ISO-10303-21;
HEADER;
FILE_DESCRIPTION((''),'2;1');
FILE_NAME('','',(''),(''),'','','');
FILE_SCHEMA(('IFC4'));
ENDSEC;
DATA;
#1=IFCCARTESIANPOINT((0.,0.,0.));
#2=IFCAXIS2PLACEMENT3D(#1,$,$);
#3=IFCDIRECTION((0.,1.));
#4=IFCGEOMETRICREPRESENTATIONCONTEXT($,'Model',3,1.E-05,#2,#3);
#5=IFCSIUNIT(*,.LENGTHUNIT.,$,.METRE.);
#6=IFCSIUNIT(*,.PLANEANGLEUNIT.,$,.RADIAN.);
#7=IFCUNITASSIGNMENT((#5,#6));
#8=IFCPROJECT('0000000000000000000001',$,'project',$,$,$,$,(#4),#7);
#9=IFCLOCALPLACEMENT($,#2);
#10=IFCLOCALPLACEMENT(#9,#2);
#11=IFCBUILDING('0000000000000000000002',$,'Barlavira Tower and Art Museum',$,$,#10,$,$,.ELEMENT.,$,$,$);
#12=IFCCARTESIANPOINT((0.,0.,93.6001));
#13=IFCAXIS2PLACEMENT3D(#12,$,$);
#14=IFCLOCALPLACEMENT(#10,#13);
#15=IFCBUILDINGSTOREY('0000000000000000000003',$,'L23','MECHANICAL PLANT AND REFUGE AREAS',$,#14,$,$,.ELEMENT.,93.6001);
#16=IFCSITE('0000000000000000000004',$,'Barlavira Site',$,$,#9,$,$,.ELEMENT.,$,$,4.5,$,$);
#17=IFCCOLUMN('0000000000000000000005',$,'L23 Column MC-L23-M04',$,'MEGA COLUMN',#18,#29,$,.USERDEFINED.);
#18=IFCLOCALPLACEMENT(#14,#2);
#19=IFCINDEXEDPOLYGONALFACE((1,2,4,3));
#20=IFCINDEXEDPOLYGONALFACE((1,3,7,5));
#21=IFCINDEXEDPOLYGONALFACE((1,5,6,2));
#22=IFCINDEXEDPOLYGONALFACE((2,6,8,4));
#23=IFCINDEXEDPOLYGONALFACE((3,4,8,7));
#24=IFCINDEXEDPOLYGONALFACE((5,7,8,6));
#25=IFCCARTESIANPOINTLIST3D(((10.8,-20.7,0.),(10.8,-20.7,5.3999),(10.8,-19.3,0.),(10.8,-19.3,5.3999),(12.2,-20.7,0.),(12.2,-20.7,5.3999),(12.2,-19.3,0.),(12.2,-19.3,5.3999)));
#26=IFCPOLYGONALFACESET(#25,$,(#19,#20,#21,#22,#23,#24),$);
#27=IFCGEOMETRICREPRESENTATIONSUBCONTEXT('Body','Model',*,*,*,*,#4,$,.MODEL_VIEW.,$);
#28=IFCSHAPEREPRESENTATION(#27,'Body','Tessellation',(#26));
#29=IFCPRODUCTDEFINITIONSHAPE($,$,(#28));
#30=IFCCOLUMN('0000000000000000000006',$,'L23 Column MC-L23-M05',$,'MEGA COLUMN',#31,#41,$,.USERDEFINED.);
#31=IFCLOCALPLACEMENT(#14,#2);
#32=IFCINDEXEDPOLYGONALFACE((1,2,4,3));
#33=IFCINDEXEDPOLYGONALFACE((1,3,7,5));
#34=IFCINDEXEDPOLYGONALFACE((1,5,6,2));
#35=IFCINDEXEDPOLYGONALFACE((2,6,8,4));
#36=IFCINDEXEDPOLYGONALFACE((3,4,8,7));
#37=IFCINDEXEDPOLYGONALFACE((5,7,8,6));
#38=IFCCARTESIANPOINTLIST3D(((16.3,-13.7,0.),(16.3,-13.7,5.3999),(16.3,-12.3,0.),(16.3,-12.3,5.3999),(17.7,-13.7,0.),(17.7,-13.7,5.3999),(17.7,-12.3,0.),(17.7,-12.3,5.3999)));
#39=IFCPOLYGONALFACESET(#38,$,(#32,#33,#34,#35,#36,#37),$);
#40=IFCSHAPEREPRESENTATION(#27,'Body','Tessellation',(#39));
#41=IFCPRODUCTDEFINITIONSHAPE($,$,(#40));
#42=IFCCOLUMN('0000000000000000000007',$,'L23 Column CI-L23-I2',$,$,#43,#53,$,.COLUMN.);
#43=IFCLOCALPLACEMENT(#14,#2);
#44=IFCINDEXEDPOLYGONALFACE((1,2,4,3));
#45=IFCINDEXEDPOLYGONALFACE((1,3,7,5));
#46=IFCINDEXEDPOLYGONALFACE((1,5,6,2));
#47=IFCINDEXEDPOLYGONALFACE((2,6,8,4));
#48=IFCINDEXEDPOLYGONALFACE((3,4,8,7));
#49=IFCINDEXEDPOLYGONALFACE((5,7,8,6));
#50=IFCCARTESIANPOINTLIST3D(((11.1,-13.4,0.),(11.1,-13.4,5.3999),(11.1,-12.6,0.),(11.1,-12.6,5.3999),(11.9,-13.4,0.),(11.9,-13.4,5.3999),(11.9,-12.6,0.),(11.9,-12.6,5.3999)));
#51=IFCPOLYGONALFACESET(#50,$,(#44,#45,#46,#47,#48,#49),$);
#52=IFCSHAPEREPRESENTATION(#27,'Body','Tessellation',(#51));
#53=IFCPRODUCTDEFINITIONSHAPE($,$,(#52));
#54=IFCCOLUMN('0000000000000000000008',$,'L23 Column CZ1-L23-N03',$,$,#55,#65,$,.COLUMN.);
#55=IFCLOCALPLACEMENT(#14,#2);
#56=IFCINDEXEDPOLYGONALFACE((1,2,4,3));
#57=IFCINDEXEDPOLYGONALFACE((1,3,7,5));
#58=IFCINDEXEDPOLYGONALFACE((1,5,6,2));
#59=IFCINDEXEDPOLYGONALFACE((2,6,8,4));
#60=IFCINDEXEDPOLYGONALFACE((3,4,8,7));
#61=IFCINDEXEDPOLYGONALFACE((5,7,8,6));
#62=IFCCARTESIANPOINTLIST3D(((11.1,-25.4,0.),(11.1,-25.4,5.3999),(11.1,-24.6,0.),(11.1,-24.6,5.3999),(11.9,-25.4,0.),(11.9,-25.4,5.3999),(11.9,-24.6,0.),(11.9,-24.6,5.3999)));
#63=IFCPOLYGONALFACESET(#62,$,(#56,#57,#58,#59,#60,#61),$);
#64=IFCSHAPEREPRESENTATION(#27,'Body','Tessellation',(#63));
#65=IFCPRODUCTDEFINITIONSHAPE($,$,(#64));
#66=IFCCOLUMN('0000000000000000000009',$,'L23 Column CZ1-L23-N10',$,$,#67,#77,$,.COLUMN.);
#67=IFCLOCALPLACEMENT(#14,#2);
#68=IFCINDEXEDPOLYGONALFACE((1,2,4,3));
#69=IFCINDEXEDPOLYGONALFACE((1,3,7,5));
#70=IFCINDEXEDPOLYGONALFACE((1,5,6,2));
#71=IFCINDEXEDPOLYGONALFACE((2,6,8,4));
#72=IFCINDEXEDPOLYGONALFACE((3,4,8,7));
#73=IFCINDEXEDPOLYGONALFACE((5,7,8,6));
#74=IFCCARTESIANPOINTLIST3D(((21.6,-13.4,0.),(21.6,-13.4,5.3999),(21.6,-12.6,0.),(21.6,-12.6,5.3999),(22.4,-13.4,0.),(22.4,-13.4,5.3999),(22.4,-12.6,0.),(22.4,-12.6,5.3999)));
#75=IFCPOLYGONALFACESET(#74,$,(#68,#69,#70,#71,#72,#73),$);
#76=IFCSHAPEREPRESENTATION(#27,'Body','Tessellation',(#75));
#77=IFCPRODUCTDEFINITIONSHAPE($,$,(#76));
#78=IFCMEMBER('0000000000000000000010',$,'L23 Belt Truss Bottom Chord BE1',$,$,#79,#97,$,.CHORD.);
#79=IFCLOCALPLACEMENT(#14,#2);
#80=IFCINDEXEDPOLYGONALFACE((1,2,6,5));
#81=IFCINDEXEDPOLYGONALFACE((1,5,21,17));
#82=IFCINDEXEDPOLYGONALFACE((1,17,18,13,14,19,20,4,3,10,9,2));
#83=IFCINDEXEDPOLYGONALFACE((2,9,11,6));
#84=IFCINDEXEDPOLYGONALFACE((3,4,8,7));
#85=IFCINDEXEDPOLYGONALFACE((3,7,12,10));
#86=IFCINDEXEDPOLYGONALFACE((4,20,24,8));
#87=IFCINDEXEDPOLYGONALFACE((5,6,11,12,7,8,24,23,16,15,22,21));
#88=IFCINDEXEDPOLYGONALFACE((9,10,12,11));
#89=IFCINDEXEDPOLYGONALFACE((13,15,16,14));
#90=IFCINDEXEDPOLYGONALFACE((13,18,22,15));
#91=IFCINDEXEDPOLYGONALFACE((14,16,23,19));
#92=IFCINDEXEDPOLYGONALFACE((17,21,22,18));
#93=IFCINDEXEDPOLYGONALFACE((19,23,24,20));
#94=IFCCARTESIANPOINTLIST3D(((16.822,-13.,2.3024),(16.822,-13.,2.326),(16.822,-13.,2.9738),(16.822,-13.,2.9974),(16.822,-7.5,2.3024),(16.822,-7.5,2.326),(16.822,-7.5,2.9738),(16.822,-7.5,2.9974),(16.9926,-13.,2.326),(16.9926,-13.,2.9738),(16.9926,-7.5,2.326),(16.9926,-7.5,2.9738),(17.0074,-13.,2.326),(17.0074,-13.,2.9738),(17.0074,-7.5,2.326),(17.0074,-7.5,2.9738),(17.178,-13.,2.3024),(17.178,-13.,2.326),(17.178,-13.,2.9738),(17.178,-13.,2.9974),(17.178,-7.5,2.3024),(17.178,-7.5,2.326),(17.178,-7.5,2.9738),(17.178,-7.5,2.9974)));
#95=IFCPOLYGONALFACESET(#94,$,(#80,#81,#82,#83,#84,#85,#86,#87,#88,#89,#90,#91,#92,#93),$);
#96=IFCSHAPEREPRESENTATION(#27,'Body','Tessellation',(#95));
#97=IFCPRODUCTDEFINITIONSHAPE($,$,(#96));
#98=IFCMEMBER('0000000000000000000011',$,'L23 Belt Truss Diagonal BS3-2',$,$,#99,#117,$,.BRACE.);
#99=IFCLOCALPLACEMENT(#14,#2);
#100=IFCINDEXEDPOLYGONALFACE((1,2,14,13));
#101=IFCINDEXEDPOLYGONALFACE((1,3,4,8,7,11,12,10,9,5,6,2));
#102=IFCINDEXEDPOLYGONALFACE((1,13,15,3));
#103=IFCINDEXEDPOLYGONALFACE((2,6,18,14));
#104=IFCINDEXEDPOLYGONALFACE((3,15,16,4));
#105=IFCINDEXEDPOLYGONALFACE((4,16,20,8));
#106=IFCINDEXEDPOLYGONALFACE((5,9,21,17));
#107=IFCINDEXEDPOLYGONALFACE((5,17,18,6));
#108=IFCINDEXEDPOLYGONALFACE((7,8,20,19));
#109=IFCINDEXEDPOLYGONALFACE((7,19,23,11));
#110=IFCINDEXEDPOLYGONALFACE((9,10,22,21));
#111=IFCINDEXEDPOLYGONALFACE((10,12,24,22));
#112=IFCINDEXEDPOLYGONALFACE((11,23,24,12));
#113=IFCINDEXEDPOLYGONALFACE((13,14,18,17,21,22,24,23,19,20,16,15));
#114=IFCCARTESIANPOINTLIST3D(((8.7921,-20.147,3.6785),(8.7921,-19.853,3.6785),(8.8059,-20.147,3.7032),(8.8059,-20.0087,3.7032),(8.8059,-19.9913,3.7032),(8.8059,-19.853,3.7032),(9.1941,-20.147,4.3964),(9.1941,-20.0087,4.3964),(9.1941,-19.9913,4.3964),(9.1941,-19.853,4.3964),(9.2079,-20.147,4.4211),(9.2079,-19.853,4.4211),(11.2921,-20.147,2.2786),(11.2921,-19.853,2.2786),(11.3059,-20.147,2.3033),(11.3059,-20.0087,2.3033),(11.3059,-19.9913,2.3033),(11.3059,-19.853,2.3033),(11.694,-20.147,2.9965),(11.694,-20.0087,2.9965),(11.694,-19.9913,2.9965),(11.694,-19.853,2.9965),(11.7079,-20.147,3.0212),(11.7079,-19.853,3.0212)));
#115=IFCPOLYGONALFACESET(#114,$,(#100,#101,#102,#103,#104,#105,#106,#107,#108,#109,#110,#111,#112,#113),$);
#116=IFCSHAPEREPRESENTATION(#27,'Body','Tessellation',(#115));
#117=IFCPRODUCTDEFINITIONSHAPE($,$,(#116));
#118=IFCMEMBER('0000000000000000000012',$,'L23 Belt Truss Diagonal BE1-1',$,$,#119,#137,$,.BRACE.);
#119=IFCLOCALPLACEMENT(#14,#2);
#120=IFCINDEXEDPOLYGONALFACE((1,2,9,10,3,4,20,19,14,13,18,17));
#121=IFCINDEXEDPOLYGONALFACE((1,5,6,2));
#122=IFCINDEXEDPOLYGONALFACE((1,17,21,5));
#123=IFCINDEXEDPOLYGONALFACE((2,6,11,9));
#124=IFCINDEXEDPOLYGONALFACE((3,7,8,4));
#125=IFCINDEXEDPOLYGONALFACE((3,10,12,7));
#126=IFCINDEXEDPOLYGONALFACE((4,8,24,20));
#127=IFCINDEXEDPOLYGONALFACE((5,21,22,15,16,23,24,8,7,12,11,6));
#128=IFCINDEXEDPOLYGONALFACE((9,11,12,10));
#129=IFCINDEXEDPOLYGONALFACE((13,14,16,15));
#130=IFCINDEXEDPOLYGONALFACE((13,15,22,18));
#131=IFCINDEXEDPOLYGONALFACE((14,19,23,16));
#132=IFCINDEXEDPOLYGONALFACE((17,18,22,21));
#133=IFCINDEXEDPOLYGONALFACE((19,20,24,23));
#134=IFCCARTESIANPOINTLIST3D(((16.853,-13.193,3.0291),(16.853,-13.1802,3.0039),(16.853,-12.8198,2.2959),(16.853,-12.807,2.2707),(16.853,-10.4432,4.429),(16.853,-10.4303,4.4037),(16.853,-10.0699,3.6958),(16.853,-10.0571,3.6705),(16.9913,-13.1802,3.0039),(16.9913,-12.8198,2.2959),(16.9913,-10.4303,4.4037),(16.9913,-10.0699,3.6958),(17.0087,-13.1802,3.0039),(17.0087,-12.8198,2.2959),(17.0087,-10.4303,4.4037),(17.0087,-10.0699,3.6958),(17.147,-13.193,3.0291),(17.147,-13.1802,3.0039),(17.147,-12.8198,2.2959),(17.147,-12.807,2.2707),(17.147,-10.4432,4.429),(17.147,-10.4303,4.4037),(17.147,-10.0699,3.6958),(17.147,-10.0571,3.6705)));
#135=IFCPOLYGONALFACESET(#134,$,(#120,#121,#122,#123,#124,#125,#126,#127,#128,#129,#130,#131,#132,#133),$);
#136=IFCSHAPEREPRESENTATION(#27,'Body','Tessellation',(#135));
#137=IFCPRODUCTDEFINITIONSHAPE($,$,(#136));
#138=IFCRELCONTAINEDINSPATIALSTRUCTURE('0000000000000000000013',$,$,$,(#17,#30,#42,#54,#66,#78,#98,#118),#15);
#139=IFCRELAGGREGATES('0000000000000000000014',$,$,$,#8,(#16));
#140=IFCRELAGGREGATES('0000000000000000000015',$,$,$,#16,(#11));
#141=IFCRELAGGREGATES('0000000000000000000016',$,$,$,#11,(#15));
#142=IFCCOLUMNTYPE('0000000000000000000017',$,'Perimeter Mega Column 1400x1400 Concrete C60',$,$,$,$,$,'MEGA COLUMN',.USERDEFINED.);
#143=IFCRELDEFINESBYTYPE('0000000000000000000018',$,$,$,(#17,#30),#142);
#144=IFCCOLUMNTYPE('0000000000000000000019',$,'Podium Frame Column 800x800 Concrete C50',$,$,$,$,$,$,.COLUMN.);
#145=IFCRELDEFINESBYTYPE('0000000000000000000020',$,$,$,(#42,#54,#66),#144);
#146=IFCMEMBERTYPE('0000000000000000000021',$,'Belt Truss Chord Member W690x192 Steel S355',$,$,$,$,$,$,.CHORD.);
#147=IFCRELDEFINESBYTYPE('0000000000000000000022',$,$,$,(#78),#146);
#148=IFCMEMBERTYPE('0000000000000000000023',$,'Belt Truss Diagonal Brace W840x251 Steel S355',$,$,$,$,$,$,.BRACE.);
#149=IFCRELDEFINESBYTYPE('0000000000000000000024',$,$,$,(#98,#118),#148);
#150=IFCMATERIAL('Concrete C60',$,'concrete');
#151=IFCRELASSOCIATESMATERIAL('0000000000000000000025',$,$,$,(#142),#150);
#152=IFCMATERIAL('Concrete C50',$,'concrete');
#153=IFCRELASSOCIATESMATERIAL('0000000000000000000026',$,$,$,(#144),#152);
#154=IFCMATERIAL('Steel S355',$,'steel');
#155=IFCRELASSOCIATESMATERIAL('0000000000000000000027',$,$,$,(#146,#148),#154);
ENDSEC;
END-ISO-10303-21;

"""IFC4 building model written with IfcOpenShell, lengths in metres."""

from ifc_helpers import new_model, si_unit, direction, frame, origin, origin_2d, place, context, subcontext, project, spatial, rectangle, i_section, extrude, material, material_profile, profile_set, type_object, element, save


model = new_model("IFC4")

# Units and contexts
model_context = context("Model", 3, precision=1e-05, world=origin(), true_north=direction((0.0, 1.0)))
body_context = subcontext(model_context, "Body", "Model", "MODEL_VIEW")
ifc_project = project(units=[si_unit("LENGTHUNIT", "METRE"), si_unit("PLANEANGLEUNIT", "RADIAN")], contexts=[model_context])

# Site, building, storey
site_placement = place(None, origin())
site = spatial("IfcSite", under=ifc_project, at=site_placement, Name="Barlavira Site", CompositionType="ELEMENT", RefElevation=4.5)
building_placement = place(site_placement, origin())
building = spatial("IfcBuilding", under=site, at=building_placement, Name="Barlavira Tower and Art Museum", CompositionType="ELEMENT")
storey_placement = place(building_placement, frame((0.0, 0.0, 93.6001)))
storey = spatial("IfcBuildingStorey", under=building, at=storey_placement, Name="L23", Description="MECHANICAL PLANT AND REFUGE AREAS", CompositionType="ELEMENT", Elevation=93.6001)

# Columns
ifc_material_1 = material(Name="Concrete C60", Category="concrete")
ifc_material_profile_1 = material_profile(ifc_material_1, rectangle(XDim=1.3999, YDim=1.3999, at=origin_2d()), Name="RC-MCOL 1400x1400")
ifc_profile_set_1 = profile_set([ifc_material_profile_1], Name="Concrete C60")
column_type_1 = type_object("IfcColumnType", Name="Perimeter Mega Column 1400x1400 Concrete C60", ElementType="MEGA COLUMN", PredefinedType="USERDEFINED", material=ifc_profile_set_1)
for number, where, z_axis, x_axis, name in (
    (1, (11.5, -20.0, 0.0), (0.0, 0.0, 1.0), (1.0, 0.0, 0.0), "L23 Column MC-L23-M04"),
    (2, (17.0, -13.0, 0.0), (0.0, 0.0, 1.0), (1.0, 0.0, 0.0), "L23 Column MC-L23-M05"),
):
    element("IfcColumn", number, at=place(storey_placement, frame(where, z_axis=z_axis, x_axis=x_axis)), inside=storey, type_object=column_type_1, Name=name, ObjectType="MEGA COLUMN", PredefinedType="USERDEFINED", context=body_context, shape_type="SweptSolid", body=[
        extrude(rectangle(XDim=1.3999, YDim=1.3999, at=origin_2d()), origin(), (0.0, 0.0, 1.0), 5.3999),
    ])
ifc_material_2 = material(Name="Concrete C50", Category="concrete")
ifc_material_profile_2 = material_profile(ifc_material_2, rectangle(XDim=0.8, YDim=0.8, at=origin_2d()), Name="RC-COL 800x800")
ifc_profile_set_2 = profile_set([ifc_material_profile_2], Name="Concrete C50")
column_type_2 = type_object("IfcColumnType", Name="Podium Frame Column 800x800 Concrete C50", PredefinedType="COLUMN", material=ifc_profile_set_2)
for number, where, z_axis, x_axis, name in (
    (3, (11.5, -13.0, 0.0), (0.0, 0.0, 1.0), (1.0, 0.0, 0.0), "L23 Column CI-L23-I2"),
    (4, (11.5, -25.0, 0.0), (0.0, 0.0, 1.0), (1.0, 0.0, 0.0), "L23 Column CZ1-L23-N03"),
    (5, (22.0, -13.0, 0.0), (0.0, 0.0, 1.0), (1.0, 0.0, 0.0), "L23 Column CZ1-L23-N10"),
):
    element("IfcColumn", number, at=place(storey_placement, frame(where, z_axis=z_axis, x_axis=x_axis)), inside=storey, type_object=column_type_2, Name=name, PredefinedType="COLUMN", context=body_context, shape_type="SweptSolid", body=[
        extrude(rectangle(XDim=0.8, YDim=0.8, at=origin_2d()), origin(), (0.0, 0.0, 1.0), 5.3999),
    ])

# Members
ifc_material_3 = material(Name="Steel S355", Category="steel")
ifc_material_profile_3 = material_profile(ifc_material_3, i_section(OverallWidth=0.356, OverallDepth=0.6951, WebThickness=0.0149, FlangeThickness=0.0237, at=origin_2d()), Name="W690x192.0")
ifc_profile_set_3 = profile_set([ifc_material_profile_3], Name="Steel S355")
member_type_1 = type_object("IfcMemberType", Name="Belt Truss Chord Member W690x192 Steel S355", PredefinedType="CHORD", material=ifc_profile_set_3)
member_1_placement = place(storey_placement, frame((17.0, -13.0, 2.6499), z_axis=(0.0, 1.0, 0.0), x_axis=(-1.0, 0.0, 0.0)))
element("IfcMember", 6, at=member_1_placement, inside=storey, type_object=member_type_1, Name="L23 Belt Truss Bottom Chord BE1", PredefinedType="CHORD", context=body_context, shape_type="SweptSolid", body=[
    extrude(i_section(OverallWidth=0.356, OverallDepth=0.6951, WebThickness=0.0149, FlangeThickness=0.0237, at=origin_2d()), origin(), (0.0, 0.0, 1.0), 5.5),
])
ifc_material_profile_4 = material_profile(ifc_material_3, i_section(OverallWidth=0.2939, OverallDepth=0.8511, WebThickness=0.0173, FlangeThickness=0.0283, at=origin_2d()), Name="W840x251.0")
ifc_profile_set_4 = profile_set([ifc_material_profile_4], Name="Steel S355")
member_type_2 = type_object("IfcMemberType", Name="Belt Truss Diagonal Brace W840x251 Steel S355", PredefinedType="BRACE", material=ifc_profile_set_4)
member_2_placement = place(storey_placement, frame((9.0, -20.0, 4.0498), z_axis=(0.872521, 0.0, -0.488577), x_axis=(0.0, 1.0, 0.0)))
element("IfcMember", 7, at=member_2_placement, inside=storey, type_object=member_type_2, Name="L23 Belt Truss Diagonal BS3-2", PredefinedType="BRACE", context=body_context, shape_type="SweptSolid", body=[
    extrude(i_section(OverallWidth=0.2939, OverallDepth=0.8511, WebThickness=0.0173, FlangeThickness=0.0283, at=origin_2d()), origin(), (0.0, 0.0, 1.0), 2.8652),
])
member_3_placement = place(storey_placement, frame((17.0, -13.0, 2.6499), z_axis=(0.0, 0.891176, 0.453658), x_axis=(-1.0, 0.0, 0.0)))
element("IfcMember", 8, at=member_3_placement, inside=storey, type_object=member_type_2, Name="L23 Belt Truss Diagonal BE1-1", PredefinedType="BRACE", context=body_context, shape_type="SweptSolid", body=[
    extrude(i_section(OverallWidth=0.2939, OverallDepth=0.8511, WebThickness=0.0173, FlangeThickness=0.0283, at=origin_2d()), origin(), (0.0, 0.0, 1.0), 3.0857),
])

save(model, "model.ifc")
